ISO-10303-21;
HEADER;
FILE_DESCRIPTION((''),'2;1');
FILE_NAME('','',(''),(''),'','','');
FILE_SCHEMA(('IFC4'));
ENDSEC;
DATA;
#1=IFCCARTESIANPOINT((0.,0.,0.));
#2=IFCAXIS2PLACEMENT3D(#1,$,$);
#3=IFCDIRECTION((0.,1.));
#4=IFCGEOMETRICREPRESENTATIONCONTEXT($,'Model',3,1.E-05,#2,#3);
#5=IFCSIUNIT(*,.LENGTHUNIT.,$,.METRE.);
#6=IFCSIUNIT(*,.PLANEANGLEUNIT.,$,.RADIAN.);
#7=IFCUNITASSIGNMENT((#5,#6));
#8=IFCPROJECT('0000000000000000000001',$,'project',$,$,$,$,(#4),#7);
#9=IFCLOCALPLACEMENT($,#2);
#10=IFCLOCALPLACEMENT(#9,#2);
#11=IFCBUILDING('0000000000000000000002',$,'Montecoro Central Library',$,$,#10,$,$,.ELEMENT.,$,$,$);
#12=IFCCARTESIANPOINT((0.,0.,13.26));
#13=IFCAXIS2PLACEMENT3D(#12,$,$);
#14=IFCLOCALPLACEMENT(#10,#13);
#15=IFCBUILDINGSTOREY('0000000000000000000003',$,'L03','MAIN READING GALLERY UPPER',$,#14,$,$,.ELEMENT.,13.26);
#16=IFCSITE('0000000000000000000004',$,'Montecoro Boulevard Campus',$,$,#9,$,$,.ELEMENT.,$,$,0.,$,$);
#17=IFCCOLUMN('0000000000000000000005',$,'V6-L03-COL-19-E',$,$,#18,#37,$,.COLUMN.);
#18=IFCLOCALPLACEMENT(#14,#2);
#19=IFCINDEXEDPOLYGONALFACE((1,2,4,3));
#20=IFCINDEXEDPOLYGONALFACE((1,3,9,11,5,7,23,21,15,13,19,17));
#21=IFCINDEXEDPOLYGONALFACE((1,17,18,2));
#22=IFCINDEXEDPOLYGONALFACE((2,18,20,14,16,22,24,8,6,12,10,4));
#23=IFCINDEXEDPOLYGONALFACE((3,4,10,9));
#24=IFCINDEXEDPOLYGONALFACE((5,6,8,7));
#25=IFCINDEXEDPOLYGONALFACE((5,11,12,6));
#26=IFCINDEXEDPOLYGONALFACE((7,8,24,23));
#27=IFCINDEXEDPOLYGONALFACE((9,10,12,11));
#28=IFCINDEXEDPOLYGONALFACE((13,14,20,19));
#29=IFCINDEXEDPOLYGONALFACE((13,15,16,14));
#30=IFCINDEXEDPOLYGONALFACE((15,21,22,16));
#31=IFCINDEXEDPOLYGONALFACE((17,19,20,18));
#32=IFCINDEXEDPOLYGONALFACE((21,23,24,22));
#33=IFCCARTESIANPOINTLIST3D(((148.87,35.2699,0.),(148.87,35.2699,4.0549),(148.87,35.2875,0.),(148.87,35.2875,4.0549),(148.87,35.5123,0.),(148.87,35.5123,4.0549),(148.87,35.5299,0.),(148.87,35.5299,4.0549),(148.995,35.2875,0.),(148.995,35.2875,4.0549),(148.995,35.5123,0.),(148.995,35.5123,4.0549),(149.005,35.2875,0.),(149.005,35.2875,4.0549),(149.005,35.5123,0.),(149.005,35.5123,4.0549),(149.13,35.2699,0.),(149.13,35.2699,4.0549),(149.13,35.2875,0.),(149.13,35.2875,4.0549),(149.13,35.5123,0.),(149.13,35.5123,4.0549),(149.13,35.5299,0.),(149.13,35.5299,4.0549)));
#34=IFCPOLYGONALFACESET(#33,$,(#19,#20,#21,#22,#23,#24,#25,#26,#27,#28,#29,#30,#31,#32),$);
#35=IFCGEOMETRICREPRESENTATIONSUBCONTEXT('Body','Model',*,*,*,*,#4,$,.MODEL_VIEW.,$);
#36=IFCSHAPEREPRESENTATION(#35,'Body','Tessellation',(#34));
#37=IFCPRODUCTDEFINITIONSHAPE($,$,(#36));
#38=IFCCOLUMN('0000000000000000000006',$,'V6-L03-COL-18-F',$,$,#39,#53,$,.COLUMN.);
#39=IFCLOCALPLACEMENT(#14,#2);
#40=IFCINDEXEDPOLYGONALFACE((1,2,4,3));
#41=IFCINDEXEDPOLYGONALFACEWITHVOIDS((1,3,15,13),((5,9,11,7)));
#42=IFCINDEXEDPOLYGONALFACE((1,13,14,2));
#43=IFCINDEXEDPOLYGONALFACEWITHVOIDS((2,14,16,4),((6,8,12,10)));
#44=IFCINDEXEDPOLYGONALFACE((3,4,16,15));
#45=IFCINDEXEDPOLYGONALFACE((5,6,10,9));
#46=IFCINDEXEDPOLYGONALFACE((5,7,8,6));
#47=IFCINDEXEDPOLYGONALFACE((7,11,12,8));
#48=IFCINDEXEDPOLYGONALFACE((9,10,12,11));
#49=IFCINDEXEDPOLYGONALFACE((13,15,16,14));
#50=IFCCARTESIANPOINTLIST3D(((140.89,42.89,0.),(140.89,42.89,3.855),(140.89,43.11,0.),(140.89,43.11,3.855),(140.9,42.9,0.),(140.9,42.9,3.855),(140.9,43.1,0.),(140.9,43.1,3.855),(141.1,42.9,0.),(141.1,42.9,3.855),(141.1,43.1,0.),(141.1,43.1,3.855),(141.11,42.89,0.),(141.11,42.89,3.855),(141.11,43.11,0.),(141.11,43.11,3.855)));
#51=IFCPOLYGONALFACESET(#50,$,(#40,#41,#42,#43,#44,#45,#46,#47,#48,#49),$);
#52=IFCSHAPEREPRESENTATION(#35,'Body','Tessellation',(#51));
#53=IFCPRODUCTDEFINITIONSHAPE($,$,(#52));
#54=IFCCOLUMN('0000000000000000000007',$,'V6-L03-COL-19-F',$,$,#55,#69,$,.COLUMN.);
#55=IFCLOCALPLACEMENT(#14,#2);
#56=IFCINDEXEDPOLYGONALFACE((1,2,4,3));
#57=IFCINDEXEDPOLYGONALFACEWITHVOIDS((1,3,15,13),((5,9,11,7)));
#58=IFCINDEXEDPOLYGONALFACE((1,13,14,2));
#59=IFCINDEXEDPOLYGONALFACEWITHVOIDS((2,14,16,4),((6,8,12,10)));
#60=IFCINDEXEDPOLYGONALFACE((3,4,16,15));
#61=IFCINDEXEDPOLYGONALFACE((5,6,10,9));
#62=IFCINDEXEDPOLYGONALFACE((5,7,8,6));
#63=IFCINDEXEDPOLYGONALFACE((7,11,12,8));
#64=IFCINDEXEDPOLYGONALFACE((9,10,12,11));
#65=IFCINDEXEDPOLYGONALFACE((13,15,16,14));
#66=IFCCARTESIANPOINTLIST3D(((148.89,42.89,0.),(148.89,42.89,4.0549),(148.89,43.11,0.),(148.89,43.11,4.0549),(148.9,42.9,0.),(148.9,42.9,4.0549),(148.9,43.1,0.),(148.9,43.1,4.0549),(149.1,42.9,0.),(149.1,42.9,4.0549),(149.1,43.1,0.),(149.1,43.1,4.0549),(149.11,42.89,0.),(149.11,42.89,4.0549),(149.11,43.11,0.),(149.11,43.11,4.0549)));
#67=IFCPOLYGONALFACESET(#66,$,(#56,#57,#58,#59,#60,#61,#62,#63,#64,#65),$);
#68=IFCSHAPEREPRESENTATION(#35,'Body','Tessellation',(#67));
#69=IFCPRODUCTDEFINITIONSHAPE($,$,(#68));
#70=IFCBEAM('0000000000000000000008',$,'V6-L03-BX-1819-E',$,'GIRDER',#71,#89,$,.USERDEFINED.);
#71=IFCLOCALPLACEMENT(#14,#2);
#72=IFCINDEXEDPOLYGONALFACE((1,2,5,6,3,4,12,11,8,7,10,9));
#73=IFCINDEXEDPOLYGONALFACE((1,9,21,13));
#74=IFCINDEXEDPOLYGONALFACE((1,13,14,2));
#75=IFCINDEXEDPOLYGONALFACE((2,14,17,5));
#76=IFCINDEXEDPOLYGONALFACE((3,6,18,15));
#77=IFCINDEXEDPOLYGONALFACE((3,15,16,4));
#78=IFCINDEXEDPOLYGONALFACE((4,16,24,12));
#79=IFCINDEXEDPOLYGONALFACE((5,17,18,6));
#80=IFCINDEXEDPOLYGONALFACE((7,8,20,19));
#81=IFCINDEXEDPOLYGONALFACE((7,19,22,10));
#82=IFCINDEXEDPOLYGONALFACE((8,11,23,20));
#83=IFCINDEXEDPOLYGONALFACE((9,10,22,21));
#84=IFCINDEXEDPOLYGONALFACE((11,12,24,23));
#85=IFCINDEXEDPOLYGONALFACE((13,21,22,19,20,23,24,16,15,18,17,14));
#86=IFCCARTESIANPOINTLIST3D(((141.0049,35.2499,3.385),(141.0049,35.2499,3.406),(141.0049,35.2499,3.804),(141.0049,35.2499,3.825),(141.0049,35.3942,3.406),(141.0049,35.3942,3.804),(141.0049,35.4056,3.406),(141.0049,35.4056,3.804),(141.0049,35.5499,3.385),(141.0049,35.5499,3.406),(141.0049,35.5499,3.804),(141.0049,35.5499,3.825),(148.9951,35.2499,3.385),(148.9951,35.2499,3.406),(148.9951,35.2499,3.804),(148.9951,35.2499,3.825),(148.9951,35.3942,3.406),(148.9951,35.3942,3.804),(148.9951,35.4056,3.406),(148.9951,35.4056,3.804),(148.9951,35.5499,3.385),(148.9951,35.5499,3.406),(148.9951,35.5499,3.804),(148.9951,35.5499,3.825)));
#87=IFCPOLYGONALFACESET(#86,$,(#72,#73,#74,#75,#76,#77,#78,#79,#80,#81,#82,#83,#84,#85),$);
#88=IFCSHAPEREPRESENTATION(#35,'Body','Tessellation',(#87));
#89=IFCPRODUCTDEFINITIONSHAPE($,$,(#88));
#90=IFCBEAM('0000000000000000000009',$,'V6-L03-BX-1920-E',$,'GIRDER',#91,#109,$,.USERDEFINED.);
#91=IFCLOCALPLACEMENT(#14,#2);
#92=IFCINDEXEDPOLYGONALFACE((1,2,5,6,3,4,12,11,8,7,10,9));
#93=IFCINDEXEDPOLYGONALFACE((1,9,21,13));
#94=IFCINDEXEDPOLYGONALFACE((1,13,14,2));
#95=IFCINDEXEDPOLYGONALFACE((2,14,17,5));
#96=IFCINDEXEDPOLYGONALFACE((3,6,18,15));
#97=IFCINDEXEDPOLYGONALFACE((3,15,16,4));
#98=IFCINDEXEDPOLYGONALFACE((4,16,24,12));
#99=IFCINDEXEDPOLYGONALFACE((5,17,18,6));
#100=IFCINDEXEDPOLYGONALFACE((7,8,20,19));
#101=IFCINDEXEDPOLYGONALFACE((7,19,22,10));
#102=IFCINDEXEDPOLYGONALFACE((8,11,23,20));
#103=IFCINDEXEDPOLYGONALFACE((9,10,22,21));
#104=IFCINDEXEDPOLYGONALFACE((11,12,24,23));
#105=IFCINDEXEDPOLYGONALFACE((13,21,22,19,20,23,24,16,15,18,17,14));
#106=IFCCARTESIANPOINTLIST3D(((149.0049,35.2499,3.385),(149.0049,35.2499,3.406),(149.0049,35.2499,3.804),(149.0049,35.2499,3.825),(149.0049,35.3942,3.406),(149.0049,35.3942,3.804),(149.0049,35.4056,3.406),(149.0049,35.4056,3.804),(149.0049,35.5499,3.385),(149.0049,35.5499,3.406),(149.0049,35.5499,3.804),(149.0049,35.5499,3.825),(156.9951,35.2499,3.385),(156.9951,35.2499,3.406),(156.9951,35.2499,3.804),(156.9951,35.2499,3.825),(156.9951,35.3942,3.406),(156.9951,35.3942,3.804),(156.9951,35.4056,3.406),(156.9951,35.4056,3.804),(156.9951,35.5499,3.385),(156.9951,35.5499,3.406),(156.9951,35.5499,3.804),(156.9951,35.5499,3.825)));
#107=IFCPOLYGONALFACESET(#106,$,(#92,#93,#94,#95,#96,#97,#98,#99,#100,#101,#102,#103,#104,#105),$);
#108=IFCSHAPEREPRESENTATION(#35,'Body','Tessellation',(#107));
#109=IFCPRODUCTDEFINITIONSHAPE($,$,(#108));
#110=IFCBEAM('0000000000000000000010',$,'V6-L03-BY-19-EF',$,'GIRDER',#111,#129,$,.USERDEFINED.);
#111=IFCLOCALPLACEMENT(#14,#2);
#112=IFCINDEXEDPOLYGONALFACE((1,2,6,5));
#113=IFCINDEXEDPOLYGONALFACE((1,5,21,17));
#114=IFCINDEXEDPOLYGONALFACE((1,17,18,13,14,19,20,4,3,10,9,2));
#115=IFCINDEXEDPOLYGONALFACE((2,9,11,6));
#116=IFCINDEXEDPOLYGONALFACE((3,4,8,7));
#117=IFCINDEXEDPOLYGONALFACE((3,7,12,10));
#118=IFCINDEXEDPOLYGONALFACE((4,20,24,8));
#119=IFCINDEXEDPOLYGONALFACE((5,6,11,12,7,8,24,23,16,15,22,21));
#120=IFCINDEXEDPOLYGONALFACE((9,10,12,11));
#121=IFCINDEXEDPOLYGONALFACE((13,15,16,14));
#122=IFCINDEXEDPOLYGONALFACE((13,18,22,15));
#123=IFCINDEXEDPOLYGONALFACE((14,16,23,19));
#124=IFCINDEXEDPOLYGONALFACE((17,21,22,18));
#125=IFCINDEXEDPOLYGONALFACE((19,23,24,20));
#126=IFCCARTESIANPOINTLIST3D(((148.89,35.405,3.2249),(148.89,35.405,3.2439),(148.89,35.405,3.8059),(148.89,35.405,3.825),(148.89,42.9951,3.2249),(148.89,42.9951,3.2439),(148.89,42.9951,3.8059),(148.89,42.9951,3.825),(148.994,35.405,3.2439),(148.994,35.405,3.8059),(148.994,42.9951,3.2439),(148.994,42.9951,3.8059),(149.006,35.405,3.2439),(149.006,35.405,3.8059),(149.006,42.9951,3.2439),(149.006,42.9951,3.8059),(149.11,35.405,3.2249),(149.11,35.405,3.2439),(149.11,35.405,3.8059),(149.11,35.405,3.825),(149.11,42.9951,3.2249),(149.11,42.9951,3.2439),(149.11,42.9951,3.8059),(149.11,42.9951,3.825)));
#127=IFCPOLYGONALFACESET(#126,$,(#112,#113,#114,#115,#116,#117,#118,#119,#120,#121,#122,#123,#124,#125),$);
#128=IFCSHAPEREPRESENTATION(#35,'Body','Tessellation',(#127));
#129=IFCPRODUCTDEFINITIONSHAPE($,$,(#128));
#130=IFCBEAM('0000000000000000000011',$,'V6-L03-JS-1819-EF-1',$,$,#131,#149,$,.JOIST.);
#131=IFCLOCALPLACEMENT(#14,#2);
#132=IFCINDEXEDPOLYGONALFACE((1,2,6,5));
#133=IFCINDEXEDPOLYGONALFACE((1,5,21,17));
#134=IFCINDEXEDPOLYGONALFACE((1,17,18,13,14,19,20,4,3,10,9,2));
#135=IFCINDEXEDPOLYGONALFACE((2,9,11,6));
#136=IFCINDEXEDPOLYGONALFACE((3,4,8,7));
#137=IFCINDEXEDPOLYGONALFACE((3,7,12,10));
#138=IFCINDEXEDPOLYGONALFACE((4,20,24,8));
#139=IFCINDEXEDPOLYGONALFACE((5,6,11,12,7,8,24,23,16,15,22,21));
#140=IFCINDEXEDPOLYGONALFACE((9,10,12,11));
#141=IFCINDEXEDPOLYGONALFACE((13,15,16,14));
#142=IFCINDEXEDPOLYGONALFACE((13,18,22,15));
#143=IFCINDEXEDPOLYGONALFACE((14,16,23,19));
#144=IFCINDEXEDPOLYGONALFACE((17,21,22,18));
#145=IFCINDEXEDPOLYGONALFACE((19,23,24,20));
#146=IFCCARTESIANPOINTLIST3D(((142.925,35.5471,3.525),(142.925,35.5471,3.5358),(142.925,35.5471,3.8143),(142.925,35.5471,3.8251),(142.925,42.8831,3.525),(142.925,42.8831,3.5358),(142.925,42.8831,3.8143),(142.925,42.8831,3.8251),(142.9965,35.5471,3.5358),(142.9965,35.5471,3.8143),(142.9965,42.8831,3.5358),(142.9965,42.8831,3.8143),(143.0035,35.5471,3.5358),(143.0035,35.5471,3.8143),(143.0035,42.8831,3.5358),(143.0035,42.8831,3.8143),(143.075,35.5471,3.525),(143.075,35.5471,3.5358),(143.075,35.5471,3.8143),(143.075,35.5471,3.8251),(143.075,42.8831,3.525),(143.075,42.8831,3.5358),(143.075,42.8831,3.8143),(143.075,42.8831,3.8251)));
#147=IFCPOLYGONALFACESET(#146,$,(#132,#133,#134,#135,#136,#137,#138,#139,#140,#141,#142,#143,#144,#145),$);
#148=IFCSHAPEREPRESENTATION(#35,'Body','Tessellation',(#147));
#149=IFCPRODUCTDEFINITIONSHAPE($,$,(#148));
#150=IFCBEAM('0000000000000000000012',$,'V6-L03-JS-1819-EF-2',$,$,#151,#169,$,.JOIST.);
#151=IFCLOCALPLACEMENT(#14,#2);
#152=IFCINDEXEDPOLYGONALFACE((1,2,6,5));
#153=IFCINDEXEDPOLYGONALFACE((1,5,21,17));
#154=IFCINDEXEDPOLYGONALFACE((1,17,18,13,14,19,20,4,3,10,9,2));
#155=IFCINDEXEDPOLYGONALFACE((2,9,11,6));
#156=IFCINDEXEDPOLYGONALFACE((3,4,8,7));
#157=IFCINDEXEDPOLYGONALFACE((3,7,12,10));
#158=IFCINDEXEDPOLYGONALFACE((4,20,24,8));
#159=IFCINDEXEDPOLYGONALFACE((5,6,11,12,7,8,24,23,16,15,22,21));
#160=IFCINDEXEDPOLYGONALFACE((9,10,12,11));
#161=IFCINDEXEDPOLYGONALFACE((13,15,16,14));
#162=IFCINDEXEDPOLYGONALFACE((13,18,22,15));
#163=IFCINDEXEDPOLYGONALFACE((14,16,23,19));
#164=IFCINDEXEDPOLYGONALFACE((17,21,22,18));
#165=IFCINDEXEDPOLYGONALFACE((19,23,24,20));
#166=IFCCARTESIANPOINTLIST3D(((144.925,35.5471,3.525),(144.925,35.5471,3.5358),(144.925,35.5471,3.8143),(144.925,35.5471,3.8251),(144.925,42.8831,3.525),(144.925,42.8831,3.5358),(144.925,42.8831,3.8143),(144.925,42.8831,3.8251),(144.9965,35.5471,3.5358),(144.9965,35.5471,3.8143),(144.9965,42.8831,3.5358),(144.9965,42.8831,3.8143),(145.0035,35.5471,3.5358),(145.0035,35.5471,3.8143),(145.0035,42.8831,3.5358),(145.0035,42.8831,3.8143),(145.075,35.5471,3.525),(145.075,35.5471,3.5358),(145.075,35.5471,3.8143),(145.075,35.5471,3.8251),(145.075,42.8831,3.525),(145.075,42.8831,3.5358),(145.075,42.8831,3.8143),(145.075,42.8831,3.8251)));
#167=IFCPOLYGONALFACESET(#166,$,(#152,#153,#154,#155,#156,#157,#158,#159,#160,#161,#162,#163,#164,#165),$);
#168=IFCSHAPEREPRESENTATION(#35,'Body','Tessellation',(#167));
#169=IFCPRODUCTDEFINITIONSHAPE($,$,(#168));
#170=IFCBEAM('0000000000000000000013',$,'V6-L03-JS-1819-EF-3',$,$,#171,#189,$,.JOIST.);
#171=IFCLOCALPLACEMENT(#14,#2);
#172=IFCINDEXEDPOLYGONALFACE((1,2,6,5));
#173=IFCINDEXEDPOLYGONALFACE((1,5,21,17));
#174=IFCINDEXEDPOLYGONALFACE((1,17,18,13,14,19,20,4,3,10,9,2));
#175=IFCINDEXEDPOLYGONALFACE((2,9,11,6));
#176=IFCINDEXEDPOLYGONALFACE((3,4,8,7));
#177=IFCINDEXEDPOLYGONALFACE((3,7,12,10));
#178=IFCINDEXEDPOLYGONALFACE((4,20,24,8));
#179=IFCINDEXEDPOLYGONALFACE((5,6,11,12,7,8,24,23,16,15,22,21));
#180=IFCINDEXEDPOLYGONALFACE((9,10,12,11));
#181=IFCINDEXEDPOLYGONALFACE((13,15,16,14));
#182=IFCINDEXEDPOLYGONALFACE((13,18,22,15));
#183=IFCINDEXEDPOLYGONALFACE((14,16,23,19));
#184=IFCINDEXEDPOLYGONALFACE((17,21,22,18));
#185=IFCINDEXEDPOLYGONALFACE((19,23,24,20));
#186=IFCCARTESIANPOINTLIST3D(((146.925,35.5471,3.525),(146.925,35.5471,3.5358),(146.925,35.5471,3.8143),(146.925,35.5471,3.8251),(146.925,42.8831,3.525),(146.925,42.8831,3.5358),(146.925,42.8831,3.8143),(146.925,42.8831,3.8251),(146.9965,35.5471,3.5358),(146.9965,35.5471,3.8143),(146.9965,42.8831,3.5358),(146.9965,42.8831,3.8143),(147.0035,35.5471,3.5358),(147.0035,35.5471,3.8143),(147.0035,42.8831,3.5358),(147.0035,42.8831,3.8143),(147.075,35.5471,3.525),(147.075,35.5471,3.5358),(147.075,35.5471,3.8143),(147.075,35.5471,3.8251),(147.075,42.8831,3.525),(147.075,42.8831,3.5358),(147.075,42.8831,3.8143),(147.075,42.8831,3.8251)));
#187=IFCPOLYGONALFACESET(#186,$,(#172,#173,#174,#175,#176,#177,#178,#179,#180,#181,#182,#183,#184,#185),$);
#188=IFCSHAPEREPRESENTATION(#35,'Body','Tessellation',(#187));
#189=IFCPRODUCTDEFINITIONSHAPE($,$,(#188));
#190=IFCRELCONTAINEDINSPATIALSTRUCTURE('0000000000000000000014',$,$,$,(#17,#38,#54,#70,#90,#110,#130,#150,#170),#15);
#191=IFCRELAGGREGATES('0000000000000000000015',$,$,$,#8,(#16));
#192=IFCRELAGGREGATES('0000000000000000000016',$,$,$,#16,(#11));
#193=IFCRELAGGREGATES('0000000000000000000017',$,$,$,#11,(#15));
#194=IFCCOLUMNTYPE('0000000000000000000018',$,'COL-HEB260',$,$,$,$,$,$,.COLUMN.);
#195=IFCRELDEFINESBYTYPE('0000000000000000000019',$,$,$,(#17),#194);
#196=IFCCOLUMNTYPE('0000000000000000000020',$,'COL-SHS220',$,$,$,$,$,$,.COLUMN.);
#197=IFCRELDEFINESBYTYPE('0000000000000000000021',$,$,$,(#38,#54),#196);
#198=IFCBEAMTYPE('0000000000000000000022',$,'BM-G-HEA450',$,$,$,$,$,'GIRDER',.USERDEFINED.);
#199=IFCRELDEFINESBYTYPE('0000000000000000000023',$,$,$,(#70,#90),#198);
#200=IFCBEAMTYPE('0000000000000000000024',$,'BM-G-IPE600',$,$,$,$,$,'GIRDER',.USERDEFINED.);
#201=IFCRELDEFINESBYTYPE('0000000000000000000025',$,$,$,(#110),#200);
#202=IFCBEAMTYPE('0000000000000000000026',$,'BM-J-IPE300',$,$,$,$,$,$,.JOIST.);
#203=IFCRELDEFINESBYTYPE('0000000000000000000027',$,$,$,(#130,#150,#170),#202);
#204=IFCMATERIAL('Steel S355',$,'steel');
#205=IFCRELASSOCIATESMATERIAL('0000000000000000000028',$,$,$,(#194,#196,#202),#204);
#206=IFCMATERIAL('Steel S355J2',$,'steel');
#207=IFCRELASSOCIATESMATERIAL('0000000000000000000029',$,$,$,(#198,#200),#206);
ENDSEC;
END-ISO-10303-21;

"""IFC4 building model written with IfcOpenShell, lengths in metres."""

from ifc_helpers import new_model, si_unit, direction, frame, origin, origin_2d, place, context, subcontext, project, spatial, hollow_rectangle, i_section, extrude, material, material_profile, profile_set, type_object, element, save


model = new_model("IFC4")

# Units and contexts
model_context = context("Model", 3, precision=1e-05, world=origin(), true_north=direction((0.0, 1.0)))
body_context = subcontext(model_context, "Body", "Model", "MODEL_VIEW")
ifc_project = project(units=[si_unit("LENGTHUNIT", "METRE"), si_unit("PLANEANGLEUNIT", "RADIAN")], contexts=[model_context])

# Site, building, storey
site_placement = place(None, origin())
site = spatial("IfcSite", under=ifc_project, at=site_placement, Name="Montecoro Boulevard Campus", CompositionType="ELEMENT", RefElevation=0.0)
building_placement = place(site_placement, origin())
building = spatial("IfcBuilding", under=site, at=building_placement, Name="Montecoro Central Library", CompositionType="ELEMENT")
storey_placement = place(building_placement, frame((0.0, 0.0, 13.26)))
storey = spatial("IfcBuildingStorey", under=building, at=storey_placement, Name="L03", Description="MAIN READING GALLERY UPPER", CompositionType="ELEMENT", Elevation=13.26)

# Columns
ifc_material_1 = material(Name="Steel S355", Category="steel")
ifc_material_profile_1 = material_profile(ifc_material_1, i_section(OverallWidth=0.26, OverallDepth=0.26, WebThickness=0.01, FlangeThickness=0.0176, at=origin_2d()), Name="HEB 260")
ifc_profile_set_1 = profile_set([ifc_material_profile_1], Name="Steel S355")
column_type_1 = type_object("IfcColumnType", Name="COL-HEB260", PredefinedType="COLUMN", material=ifc_profile_set_1)
column_1_placement = place(storey_placement, frame((149.0, 35.3999, 0.0), z_axis=(0.0, 0.0, 1.0), x_axis=(1.0, 0.0, 0.0)))
element("IfcColumn", 1, at=column_1_placement, inside=storey, type_object=column_type_1, Name="V6-L03-COL-19-E", PredefinedType="COLUMN", context=body_context, shape_type="SweptSolid", body=[
    extrude(i_section(OverallWidth=0.26, OverallDepth=0.26, WebThickness=0.01, FlangeThickness=0.0176, at=origin_2d()), origin(), (0.0, 0.0, 1.0), 4.0549),
])
ifc_material_profile_2 = material_profile(ifc_material_1, hollow_rectangle(XDim=0.22, YDim=0.22, WallThickness=0.01, at=origin_2d()), Name="SHS 220x220x10.0")
ifc_profile_set_2 = profile_set([ifc_material_profile_2], Name="Steel S355")
column_type_2 = type_object("IfcColumnType", Name="COL-SHS220", PredefinedType="COLUMN", material=ifc_profile_set_2)
column_2_placement = place(storey_placement, frame((141.0, 43.0, 0.0), z_axis=(0.0, 0.0, 1.0), x_axis=(1.0, 0.0, 0.0)))
element("IfcColumn", 2, at=column_2_placement, inside=storey, type_object=column_type_2, Name="V6-L03-COL-18-F", PredefinedType="COLUMN", context=body_context, shape_type="SweptSolid", body=[
    extrude(hollow_rectangle(XDim=0.22, YDim=0.22, WallThickness=0.01, at=origin_2d()), origin(), (0.0, 0.0, 1.0), 3.855),
])
column_3_placement = place(storey_placement, frame((149.0, 43.0, 0.0), z_axis=(0.0, 0.0, 1.0), x_axis=(1.0, 0.0, 0.0)))
element("IfcColumn", 3, at=column_3_placement, inside=storey, type_object=column_type_2, Name="V6-L03-COL-19-F", PredefinedType="COLUMN", context=body_context, shape_type="SweptSolid", body=[
    extrude(hollow_rectangle(XDim=0.22, YDim=0.22, WallThickness=0.01, at=origin_2d()), origin(), (0.0, 0.0, 1.0), 4.0549),
])

# Beams
ifc_material_2 = material(Name="Steel S355J2", Category="steel")
ifc_material_profile_3 = material_profile(ifc_material_2, i_section(OverallWidth=0.3, OverallDepth=0.4399, WebThickness=0.0115, FlangeThickness=0.021, at=origin_2d()), Name="HEA 450")
ifc_profile_set_3 = profile_set([ifc_material_profile_3], Name="Steel S355J2")
beam_type_1 = type_object("IfcBeamType", Name="BM-G-HEA450", ElementType="GIRDER", PredefinedType="USERDEFINED", material=ifc_profile_set_3)
for number, where, z_axis, x_axis, name in (
    (4, (141.0049, 35.3999, 3.605), (1.0, 0.0, 0.0), (0.0, 1.0, 0.0), "V6-L03-BX-1819-E"),
    (5, (149.0049, 35.3999, 3.605), (1.0, 0.0, 0.0), (0.0, 1.0, 0.0), "V6-L03-BX-1920-E"),
):
    element("IfcBeam", number, at=place(storey_placement, frame(where, z_axis=z_axis, x_axis=x_axis)), inside=storey, type_object=beam_type_1, Name=name, ObjectType="GIRDER", PredefinedType="USERDEFINED", context=body_context, shape_type="SweptSolid", body=[
        extrude(i_section(OverallWidth=0.3, OverallDepth=0.4399, WebThickness=0.0115, FlangeThickness=0.021, at=origin_2d()), origin(), (0.0, 0.0, 1.0), 7.9902),
    ])
ifc_material_profile_4 = material_profile(ifc_material_2, i_section(OverallWidth=0.22, OverallDepth=0.6001, WebThickness=0.012, FlangeThickness=0.019, at=origin_2d()), Name="IPE 600")
ifc_profile_set_4 = profile_set([ifc_material_profile_4], Name="Steel S355J2")
beam_type_2 = type_object("IfcBeamType", Name="BM-G-IPE600", ElementType="GIRDER", PredefinedType="USERDEFINED", material=ifc_profile_set_4)
beam_placement = place(storey_placement, frame((149.0, 35.405, 3.5249), z_axis=(0.0, 1.0, 0.0), x_axis=(-1.0, 0.0, 0.0)))
element("IfcBeam", 6, at=beam_placement, inside=storey, type_object=beam_type_2, Name="V6-L03-BY-19-EF", ObjectType="GIRDER", PredefinedType="USERDEFINED", context=body_context, shape_type="SweptSolid", body=[
    extrude(i_section(OverallWidth=0.22, OverallDepth=0.6001, WebThickness=0.012, FlangeThickness=0.019, at=origin_2d()), origin(), (0.0, 0.0, 1.0), 7.5901),
])
ifc_material_profile_5 = material_profile(ifc_material_1, i_section(OverallWidth=0.1499, OverallDepth=0.3, WebThickness=0.0071, FlangeThickness=0.0107, at=origin_2d()), Name="IPE 300")
ifc_profile_set_5 = profile_set([ifc_material_profile_5], Name="Steel S355")
beam_type_3 = type_object("IfcBeamType", Name="BM-J-IPE300", PredefinedType="JOIST", material=ifc_profile_set_5)
for number, where, z_axis, x_axis, name in (
    (7, (143.0, 35.5471, 3.675), (0.0, 1.0, 0.0), (-1.0, 0.0, 0.0), "V6-L03-JS-1819-EF-1"),
    (8, (145.0, 35.5471, 3.675), (0.0, 1.0, 0.0), (-1.0, 0.0, 0.0), "V6-L03-JS-1819-EF-2"),
    (9, (147.0, 35.5471, 3.675), (0.0, 1.0, 0.0), (-1.0, 0.0, 0.0), "V6-L03-JS-1819-EF-3"),
):
    element("IfcBeam", number, at=place(storey_placement, frame(where, z_axis=z_axis, x_axis=x_axis)), inside=storey, type_object=beam_type_3, Name=name, PredefinedType="JOIST", context=body_context, shape_type="SweptSolid", body=[
        extrude(i_section(OverallWidth=0.1499, OverallDepth=0.3, WebThickness=0.0071, FlangeThickness=0.0107, at=origin_2d()), origin(), (0.0, 0.0, 1.0), 7.3359),
    ])

save(model, "model.ifc")
